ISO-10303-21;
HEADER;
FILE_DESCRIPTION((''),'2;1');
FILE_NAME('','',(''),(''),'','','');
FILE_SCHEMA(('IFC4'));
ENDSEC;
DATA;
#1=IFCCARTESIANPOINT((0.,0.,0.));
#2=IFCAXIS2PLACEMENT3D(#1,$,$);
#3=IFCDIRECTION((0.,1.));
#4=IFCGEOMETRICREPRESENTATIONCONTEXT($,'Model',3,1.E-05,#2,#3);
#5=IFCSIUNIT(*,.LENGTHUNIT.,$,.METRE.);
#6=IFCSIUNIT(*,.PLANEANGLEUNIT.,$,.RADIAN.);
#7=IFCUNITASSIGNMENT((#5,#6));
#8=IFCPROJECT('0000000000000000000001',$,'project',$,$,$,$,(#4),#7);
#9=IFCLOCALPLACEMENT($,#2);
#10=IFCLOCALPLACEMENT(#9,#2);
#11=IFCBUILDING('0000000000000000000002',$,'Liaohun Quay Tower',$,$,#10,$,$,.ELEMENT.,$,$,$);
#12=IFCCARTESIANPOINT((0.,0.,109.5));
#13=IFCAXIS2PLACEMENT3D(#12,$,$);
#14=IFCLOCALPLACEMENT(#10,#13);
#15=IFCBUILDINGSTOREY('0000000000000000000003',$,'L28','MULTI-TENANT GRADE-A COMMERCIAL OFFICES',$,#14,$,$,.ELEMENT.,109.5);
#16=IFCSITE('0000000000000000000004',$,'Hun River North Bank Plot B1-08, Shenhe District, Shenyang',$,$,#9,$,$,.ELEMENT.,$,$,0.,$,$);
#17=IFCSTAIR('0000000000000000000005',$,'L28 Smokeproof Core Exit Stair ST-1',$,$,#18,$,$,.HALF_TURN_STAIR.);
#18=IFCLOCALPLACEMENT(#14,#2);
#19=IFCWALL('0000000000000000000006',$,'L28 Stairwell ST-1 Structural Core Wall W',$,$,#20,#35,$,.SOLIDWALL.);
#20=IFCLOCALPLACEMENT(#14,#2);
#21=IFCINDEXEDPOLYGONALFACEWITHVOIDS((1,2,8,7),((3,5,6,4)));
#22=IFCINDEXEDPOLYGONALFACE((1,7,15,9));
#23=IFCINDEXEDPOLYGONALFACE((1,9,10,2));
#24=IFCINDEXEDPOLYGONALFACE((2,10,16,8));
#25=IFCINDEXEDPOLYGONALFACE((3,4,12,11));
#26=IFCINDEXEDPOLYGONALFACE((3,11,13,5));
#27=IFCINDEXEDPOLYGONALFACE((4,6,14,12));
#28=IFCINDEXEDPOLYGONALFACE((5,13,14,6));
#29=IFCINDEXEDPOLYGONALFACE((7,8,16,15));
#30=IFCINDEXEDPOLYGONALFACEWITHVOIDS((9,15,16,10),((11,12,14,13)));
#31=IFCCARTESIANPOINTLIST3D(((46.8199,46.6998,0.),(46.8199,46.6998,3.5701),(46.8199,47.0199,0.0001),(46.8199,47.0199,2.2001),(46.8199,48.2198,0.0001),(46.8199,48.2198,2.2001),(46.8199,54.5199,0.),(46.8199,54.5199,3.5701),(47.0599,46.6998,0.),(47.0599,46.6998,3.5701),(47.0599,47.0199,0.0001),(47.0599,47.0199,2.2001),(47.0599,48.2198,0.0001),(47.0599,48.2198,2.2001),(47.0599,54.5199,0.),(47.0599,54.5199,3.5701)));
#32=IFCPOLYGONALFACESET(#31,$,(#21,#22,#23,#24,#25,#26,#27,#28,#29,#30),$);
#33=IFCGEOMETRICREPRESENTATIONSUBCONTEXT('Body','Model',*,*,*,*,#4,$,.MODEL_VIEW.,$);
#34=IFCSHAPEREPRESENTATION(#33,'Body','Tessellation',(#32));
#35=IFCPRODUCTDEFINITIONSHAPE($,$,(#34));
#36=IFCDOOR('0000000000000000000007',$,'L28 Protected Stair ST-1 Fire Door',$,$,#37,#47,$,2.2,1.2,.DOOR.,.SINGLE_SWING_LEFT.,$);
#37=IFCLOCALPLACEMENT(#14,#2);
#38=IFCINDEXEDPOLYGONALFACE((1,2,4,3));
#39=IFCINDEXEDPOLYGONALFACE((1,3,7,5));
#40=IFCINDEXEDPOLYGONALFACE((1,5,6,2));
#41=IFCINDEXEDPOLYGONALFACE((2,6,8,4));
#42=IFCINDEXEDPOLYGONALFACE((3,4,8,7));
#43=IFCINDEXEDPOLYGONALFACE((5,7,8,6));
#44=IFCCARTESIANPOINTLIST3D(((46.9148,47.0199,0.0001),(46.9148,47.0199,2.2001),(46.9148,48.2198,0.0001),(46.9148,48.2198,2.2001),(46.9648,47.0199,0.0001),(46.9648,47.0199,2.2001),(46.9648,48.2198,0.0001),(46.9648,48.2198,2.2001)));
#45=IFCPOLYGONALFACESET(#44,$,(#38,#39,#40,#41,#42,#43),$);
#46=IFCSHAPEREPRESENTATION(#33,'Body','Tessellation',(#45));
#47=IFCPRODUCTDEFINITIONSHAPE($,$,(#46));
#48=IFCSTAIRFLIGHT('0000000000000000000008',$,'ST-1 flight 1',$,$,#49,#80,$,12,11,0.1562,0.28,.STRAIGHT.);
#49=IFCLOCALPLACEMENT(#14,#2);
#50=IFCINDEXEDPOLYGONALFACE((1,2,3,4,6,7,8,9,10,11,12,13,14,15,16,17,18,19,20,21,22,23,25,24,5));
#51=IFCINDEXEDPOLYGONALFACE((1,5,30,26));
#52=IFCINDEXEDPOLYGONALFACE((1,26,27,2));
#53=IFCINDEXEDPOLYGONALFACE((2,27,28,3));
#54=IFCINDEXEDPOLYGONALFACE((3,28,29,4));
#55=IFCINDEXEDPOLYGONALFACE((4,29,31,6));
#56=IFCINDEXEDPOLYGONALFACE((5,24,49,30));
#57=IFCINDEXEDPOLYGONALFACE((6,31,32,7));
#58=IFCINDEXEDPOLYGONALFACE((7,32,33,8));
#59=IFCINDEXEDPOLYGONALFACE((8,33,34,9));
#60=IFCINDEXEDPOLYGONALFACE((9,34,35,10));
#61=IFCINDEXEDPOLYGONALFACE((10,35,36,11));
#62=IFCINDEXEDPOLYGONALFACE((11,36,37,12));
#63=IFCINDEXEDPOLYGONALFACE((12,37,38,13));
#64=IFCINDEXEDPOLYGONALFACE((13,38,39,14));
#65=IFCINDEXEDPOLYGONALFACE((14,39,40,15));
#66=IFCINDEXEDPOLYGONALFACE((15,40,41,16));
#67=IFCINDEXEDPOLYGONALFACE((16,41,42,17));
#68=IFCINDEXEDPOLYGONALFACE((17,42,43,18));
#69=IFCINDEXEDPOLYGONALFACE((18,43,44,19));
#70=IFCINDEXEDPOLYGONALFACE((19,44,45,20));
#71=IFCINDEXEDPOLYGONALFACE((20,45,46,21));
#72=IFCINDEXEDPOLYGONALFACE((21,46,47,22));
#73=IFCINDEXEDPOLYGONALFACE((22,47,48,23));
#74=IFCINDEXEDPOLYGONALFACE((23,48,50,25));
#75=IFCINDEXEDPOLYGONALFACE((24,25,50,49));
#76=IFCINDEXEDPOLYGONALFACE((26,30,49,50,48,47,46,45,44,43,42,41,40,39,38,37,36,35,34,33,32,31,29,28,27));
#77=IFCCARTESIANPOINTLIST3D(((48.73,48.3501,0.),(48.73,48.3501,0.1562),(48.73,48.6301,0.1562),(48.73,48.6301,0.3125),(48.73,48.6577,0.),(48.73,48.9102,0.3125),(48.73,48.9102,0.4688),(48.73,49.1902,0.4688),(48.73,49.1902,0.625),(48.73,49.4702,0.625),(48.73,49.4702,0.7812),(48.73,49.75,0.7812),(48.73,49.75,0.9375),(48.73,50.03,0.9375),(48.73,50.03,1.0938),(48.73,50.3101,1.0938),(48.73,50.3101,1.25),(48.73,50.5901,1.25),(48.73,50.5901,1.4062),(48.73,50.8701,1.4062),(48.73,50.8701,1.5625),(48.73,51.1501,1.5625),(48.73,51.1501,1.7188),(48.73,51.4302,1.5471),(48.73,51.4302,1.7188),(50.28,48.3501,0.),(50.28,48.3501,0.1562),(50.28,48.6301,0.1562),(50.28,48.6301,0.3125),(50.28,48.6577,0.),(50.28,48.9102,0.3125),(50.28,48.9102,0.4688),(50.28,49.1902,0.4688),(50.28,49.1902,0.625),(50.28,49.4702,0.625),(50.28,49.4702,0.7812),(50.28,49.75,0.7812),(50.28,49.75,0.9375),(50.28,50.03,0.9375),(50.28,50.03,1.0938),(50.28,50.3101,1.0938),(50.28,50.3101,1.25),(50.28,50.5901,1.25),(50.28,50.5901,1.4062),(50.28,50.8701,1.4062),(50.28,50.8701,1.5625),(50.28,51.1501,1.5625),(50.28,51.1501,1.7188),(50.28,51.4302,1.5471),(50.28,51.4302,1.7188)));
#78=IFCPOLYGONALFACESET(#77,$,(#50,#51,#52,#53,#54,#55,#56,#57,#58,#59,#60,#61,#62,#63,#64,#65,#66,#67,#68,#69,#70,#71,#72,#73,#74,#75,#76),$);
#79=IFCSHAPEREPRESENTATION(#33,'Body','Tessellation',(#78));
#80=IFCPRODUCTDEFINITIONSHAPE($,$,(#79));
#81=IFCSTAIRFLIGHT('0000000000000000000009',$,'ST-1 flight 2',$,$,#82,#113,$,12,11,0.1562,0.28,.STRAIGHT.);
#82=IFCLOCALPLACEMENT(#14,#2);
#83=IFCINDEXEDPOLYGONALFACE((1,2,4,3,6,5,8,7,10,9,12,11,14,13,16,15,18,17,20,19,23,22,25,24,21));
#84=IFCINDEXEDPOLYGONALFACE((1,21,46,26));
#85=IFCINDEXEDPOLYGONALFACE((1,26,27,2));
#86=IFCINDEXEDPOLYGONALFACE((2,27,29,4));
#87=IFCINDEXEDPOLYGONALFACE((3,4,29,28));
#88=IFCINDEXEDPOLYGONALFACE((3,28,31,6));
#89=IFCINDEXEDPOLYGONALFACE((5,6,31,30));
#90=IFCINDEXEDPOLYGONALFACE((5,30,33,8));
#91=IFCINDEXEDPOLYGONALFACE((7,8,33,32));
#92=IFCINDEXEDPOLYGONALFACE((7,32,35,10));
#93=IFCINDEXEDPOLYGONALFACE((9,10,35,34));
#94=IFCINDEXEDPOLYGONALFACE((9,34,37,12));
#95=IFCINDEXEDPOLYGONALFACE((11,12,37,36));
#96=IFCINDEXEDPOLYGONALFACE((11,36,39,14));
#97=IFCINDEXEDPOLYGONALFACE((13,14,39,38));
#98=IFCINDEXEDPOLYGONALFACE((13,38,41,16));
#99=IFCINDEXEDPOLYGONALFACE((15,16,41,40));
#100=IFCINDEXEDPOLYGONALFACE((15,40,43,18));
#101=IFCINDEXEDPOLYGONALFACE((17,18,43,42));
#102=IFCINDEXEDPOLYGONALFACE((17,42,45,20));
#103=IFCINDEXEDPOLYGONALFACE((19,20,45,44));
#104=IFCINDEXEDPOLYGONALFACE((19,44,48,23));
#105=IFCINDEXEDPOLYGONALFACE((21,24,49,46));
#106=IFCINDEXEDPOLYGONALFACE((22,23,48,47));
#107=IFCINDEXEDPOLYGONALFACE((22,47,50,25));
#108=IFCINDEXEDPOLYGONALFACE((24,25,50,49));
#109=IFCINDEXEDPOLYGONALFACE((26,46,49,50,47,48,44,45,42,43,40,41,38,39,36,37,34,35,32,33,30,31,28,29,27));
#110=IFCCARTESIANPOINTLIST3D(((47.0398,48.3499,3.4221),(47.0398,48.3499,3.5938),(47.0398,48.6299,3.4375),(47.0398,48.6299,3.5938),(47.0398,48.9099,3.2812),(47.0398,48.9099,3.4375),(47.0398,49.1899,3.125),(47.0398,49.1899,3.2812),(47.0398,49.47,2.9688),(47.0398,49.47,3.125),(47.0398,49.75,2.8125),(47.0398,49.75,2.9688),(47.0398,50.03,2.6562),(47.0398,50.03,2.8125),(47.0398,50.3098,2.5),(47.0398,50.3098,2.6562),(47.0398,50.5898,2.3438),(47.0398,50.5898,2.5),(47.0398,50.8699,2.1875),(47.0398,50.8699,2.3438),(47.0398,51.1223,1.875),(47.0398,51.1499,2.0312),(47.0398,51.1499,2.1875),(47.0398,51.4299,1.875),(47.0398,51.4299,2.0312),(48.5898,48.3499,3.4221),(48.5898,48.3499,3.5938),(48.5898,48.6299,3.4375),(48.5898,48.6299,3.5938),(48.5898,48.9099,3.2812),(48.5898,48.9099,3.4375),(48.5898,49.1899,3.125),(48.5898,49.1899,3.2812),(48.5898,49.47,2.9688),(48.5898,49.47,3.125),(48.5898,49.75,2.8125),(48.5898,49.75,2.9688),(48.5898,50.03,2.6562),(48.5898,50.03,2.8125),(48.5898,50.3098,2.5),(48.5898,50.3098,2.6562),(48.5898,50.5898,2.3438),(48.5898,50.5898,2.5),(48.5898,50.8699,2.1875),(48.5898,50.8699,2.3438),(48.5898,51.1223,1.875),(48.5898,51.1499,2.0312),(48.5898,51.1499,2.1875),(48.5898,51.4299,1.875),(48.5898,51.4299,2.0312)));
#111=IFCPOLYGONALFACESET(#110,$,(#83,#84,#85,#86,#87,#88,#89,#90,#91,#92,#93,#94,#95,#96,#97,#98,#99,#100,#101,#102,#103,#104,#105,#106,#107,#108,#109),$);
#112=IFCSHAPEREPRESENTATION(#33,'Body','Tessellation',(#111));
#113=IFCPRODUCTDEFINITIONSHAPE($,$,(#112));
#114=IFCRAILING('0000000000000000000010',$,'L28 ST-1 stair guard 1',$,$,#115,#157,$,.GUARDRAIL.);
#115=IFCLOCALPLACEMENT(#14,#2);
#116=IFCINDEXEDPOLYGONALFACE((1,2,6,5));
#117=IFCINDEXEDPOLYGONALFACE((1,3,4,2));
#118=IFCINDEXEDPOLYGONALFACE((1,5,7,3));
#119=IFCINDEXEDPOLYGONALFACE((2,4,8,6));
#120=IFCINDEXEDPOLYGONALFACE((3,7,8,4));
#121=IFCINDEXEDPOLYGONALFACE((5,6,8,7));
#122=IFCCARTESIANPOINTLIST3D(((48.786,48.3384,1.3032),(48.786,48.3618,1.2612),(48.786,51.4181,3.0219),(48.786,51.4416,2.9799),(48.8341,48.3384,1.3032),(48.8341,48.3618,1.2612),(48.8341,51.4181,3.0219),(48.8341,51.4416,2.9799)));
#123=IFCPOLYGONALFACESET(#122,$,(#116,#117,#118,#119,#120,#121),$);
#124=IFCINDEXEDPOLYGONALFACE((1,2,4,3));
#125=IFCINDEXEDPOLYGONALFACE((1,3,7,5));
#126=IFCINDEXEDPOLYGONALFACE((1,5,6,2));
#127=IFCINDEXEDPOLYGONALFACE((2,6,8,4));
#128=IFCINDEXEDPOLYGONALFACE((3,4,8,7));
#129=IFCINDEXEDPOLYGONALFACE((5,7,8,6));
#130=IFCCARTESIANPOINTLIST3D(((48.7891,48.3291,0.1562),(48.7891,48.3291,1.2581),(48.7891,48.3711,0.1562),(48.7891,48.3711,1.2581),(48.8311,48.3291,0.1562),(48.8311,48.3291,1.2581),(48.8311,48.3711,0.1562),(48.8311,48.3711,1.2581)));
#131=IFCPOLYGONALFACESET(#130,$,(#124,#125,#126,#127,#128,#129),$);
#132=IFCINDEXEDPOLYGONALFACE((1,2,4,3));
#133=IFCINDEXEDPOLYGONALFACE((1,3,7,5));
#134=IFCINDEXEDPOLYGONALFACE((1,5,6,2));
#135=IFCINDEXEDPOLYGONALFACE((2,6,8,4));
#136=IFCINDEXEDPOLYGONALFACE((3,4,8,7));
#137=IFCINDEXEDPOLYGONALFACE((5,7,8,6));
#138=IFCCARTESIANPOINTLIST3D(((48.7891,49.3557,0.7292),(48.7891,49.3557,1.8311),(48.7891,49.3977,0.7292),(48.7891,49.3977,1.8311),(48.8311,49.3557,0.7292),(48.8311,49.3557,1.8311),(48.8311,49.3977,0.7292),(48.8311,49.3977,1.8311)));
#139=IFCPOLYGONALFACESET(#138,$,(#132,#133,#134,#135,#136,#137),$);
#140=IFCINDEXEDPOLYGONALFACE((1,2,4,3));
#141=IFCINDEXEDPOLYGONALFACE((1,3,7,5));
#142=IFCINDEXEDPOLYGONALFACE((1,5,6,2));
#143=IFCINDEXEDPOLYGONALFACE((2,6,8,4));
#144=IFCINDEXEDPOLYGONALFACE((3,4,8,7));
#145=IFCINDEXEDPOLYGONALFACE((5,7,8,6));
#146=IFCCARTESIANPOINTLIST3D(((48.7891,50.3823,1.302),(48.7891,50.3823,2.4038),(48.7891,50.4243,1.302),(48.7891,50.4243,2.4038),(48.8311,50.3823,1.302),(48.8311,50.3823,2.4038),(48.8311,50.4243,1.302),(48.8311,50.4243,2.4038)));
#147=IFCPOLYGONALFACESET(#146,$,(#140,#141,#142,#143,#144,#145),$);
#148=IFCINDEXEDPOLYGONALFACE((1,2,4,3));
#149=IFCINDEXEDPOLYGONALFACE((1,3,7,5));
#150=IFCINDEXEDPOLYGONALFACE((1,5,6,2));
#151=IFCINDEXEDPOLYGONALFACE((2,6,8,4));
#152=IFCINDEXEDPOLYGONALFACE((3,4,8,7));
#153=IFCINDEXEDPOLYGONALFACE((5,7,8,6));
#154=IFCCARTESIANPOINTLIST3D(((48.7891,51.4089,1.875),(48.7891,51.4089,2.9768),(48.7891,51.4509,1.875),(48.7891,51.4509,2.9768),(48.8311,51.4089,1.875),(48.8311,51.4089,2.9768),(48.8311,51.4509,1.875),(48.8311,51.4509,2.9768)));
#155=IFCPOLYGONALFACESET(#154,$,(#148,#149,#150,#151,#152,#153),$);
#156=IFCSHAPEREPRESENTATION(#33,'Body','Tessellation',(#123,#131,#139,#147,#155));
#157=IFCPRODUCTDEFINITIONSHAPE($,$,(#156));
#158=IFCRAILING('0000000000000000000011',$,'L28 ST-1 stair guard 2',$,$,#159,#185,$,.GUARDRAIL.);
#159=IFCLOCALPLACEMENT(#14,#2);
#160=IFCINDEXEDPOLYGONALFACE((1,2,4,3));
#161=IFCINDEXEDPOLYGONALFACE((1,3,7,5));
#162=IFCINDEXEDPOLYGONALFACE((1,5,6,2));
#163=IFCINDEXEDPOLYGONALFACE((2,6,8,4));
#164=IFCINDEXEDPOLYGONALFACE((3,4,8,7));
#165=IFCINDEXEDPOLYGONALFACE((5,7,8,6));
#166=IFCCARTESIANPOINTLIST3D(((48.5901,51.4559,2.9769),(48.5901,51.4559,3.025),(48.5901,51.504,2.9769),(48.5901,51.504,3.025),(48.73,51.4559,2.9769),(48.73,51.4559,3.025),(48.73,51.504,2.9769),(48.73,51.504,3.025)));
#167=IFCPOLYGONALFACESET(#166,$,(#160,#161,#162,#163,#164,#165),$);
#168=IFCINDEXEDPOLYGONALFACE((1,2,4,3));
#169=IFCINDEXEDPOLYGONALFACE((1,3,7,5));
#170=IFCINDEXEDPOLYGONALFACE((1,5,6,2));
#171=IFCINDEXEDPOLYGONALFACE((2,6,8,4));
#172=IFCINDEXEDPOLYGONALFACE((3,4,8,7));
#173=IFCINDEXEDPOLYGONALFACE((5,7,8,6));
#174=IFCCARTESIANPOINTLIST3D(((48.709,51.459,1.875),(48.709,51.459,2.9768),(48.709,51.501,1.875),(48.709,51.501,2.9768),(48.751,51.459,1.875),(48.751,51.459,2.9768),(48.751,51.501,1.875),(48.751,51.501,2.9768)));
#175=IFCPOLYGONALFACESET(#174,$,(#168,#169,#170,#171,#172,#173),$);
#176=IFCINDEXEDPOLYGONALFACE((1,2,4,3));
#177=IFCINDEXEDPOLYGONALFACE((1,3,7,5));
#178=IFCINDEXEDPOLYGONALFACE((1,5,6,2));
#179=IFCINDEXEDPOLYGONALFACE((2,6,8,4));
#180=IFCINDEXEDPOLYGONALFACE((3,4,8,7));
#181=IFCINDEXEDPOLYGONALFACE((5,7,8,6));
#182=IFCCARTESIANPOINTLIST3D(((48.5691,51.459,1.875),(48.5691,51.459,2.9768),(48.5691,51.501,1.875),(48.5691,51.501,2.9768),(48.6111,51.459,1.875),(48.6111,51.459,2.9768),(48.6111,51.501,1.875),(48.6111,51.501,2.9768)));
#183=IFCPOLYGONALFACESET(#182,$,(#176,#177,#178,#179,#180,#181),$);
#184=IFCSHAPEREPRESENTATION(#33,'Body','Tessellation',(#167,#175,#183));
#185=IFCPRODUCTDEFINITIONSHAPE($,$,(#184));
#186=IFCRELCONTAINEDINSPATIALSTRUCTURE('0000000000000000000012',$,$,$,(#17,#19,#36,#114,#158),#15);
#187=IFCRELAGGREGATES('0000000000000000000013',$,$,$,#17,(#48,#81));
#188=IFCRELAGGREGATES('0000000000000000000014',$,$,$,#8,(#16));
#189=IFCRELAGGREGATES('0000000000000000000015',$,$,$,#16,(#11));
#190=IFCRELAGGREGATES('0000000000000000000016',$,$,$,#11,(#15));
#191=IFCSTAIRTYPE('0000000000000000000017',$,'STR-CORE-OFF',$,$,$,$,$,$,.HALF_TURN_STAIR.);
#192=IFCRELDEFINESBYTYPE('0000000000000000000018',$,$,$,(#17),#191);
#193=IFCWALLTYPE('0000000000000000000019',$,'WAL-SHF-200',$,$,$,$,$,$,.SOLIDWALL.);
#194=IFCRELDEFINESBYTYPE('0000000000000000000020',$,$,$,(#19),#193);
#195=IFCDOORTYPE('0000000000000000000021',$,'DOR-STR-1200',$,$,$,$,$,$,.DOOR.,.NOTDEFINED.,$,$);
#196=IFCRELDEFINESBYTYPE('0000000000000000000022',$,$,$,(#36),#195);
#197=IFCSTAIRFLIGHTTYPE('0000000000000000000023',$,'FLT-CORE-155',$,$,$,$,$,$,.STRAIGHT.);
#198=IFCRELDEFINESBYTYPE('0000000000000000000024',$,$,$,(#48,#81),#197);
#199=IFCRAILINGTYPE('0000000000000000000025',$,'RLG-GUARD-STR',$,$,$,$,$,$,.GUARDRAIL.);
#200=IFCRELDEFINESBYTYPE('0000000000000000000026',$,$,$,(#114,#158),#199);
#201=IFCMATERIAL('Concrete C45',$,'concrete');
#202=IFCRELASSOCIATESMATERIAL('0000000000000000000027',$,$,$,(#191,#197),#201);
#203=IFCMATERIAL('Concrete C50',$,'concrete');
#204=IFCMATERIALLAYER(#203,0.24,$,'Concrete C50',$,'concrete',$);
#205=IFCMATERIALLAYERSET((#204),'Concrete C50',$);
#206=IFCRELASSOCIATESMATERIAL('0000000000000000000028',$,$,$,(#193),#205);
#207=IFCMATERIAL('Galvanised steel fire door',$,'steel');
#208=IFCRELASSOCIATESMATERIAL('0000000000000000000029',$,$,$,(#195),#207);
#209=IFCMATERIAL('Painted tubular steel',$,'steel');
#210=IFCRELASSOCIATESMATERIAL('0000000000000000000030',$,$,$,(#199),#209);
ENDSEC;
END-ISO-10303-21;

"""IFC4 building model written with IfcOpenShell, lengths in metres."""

from ifc_helpers import new_model, si_unit, direction, frame, frame_2d, origin, origin_2d, place, context, subcontext, project, spatial, polyline, rectangle, outline, extrude, source, transform, mapped, material, layer, layer_set, type_object, element, fill, aggregate, save


model = new_model("IFC4")

# Units and contexts
model_context = context("Model", 3, precision=1e-05, world=origin(), true_north=direction((0.0, 1.0)))
body_context = subcontext(model_context, "Body", "Model", "MODEL_VIEW")
ifc_project = project(units=[si_unit("LENGTHUNIT", "METRE"), si_unit("PLANEANGLEUNIT", "RADIAN")], contexts=[model_context])

# Site, building, storey
site_placement = place(None, origin())
site = spatial("IfcSite", under=ifc_project, at=site_placement, Name="Hun River North Bank Plot B1-08, Shenhe District, Shenyang", CompositionType="ELEMENT", RefElevation=0.0)
building_placement = place(site_placement, origin())
building = spatial("IfcBuilding", under=site, at=building_placement, Name="Liaohun Quay Tower", CompositionType="ELEMENT")
storey_placement = place(building_placement, frame((0.0, 0.0, 109.5)))
storey = spatial("IfcBuildingStorey", under=building, at=storey_placement, Name="L28", Description="MULTI-TENANT GRADE-A COMMERCIAL OFFICES", CompositionType="ELEMENT", Elevation=109.5)

# Stair
ifc_material_1 = material(Name="Concrete C45", Category="concrete")
stair_type = type_object("IfcStairType", Name="STR-CORE-OFF", PredefinedType="HALF_TURN_STAIR", material=ifc_material_1)
stair_1_placement = place(storey_placement, origin())
stair_1 = element("IfcStair", 1, at=stair_1_placement, inside=storey, type_object=stair_type, Name="L28 Smokeproof Core Exit Stair ST-1", PredefinedType="HALF_TURN_STAIR")

# Shared definitions
ifc_material_2 = material(Name="Concrete C50", Category="concrete")
ifc_layer_1 = layer(ifc_material_2, 0.24, Name="Concrete C50", Category="concrete")
ifc_layer_set_1 = layer_set([ifc_layer_1], Name="Concrete C50")
wall_type_1 = type_object("IfcWallType", Name="WAL-SHF-200", PredefinedType="SOLIDWALL", material=ifc_layer_set_1)

# Wall, opening, door
wall_1_placement = place(storey_placement, frame((46.9399, 54.52, 0.0), z_axis=(0.0, 0.0, 1.0), x_axis=(0.0, -1.0, 0.0)))
wall_1 = element("IfcWall", 2, at=wall_1_placement, inside=storey, type_object=wall_type_1, Name="L28 Stairwell ST-1 Structural Core Wall W", PredefinedType="SOLIDWALL", context=body_context, shape_type="SweptSolid", body=[
    extrude(rectangle(XDim=7.8201, YDim=0.24, at=frame_2d((3.9102, 0.0))), origin(), (0.0, 0.0, 1.0), 3.5701),
])
shared_shape_1 = source(origin(), body_context, "Body", "SweptSolid", [
    extrude(rectangle(XDim=1.2, YDim=2.2, at=frame_2d((0.6001, 1.1001))), frame((0.0, 0.1299, 0.0), z_axis=(0.0, -1.0, 0.0), x_axis=(1.0, 0.0, 0.0)), (0.0, 0.0, 1.0), 0.26),
])
opening_1_placement = place(wall_1_placement, frame((6.3, 0.0, 0.0)))
opening_1 = element("IfcOpeningElement", 3, at=opening_1_placement, cuts=wall_1, PredefinedType="OPENING", context=body_context, shape_type="MappedRepresentation", body=[
    mapped(shared_shape_1, transform((0.0, 0.0, 0.0), x_axis=(1.0, 0.0, 0.0), y_axis=(0.0, 1.0, 0.0), z_axis=(0.0, 0.0, 1.0), scale=1.0)),
])
ifc_material_3 = material(Name="Galvanised steel fire door", Category="steel")
door_type_1 = type_object("IfcDoorType", Name="DOR-STR-1200", OperationType="NOTDEFINED", PredefinedType="DOOR", material=ifc_material_3)
shared_shape_2 = source(origin(), body_context, "Body", "SweptSolid", [
    extrude(rectangle(XDim=1.2, YDim=2.2, at=frame_2d((0.6001, 1.1001))), frame((0.0, 0.0249, 0.0), z_axis=(0.0, -1.0, 0.0), x_axis=(1.0, 0.0, 0.0)), (0.0, 0.0, 1.0), 0.05),
])
door_1_placement = place(opening_1_placement, origin())
door_1 = element("IfcDoor", 4, at=door_1_placement, inside=storey, type_object=door_type_1, Name="L28 Protected Stair ST-1 Fire Door", OperationType="SINGLE_SWING_LEFT", OverallHeight=2.2, OverallWidth=1.2, PredefinedType="DOOR", context=body_context, shape_type="MappedRepresentation", body=[
    mapped(shared_shape_2, transform((0.0, 0.0, 0.0), x_axis=(1.0, 0.0, 0.0), y_axis=(0.0, 1.0, 0.0), z_axis=(0.0, 0.0, 1.0), scale=1.0)),
])
fill(opening_1, door_1)

# Stair flights
stair_flight_type = type_object("IfcStairFlightType", Name="FLT-CORE-155", PredefinedType="STRAIGHT", material=ifc_material_1)
stair_flight_1_placement = place(storey_placement, frame((49.5049, 48.3501, 0.0), z_axis=(0.0, 0.0, 1.0), x_axis=(0.0, 1.0, 0.0)))
stair_flight_1 = element("IfcStairFlight", 5, at=stair_flight_1_placement, type_object=stair_flight_type, Name="ST-1 flight 1", NumberOfRisers=12, NumberOfTreads=11, PredefinedType="STRAIGHT", RiserHeight=0.1562, TreadLength=0.28, context=body_context, shape_type="SweptSolid", body=[
    extrude(outline(polyline([(0.0, 0.0), (0.0, 0.1562), (0.28, 0.1562), (0.28, 0.3125), (0.5601, 0.3125), (0.5601, 0.4688), (0.8401, 0.4688), (0.8401, 0.625), (1.1201, 0.625), (1.1201, 0.7812), (1.3999, 0.7812), (1.3999, 0.9375), (1.6799, 0.9375), (1.6799, 1.0938), (1.96, 1.0938), (1.96, 1.25), (2.24, 1.25), (2.24, 1.4062), (2.52, 1.4062), (2.52, 1.5625), (2.8, 1.5625), (2.8, 1.7188), (3.0801, 1.7188), (3.0801, 1.875), (3.0801, 1.5471), (0.3076, 0.0), (0.0, 0.0)])), frame((0.0, 0.7749, 0.0), z_axis=(0.0, -1.0, 0.0), x_axis=(1.0, 0.0, 0.0)), (0.0, 0.0, 1.0), 1.55),
])
stair_flight_2_placement = place(storey_placement, frame((47.8149, 51.4299, 1.875), z_axis=(0.0, 0.0, 1.0), x_axis=(0.0, -1.0, 0.0)))
stair_flight_2 = element("IfcStairFlight", 6, at=stair_flight_2_placement, type_object=stair_flight_type, Name="ST-1 flight 2", NumberOfRisers=12, NumberOfTreads=11, PredefinedType="STRAIGHT", RiserHeight=0.1562, TreadLength=0.28, context=body_context, shape_type="SweptSolid", body=[
    extrude(outline(polyline([(0.0, 0.0), (0.0, 0.1562), (0.28, 0.1562), (0.28, 0.3125), (0.5601, 0.3125), (0.5601, 0.4688), (0.8401, 0.4688), (0.8401, 0.625), (1.1201, 0.625), (1.1201, 0.7812), (1.3999, 0.7812), (1.3999, 0.9375), (1.6799, 0.9375), (1.6799, 1.0938), (1.96, 1.0938), (1.96, 1.25), (2.24, 1.25), (2.24, 1.4062), (2.52, 1.4062), (2.52, 1.5625), (2.8, 1.5625), (2.8, 1.7188), (3.0801, 1.7188), (3.0801, 1.875), (3.0801, 1.5471), (0.3076, 0.0), (0.0, 0.0)])), frame((0.0, 0.7749, 0.0), z_axis=(0.0, -1.0, 0.0), x_axis=(1.0, 0.0, 0.0)), (0.0, 0.0, 1.0), 1.55),
])
aggregate(stair_1, [stair_flight_1, stair_flight_2])

# Railings
ifc_material_4 = material(Name="Painted tubular steel", Category="steel")
railing_type_1 = type_object("IfcRailingType", Name="RLG-GUARD-STR", PredefinedType="GUARDRAIL", material=ifc_material_4)
railing_1_placement = place(storey_placement, frame((48.8101, 48.3501, 0.1562)))
element("IfcRailing", 7, at=railing_1_placement, inside=storey, type_object=railing_type_1, Name="L28 ST-1 stair guard 1", PredefinedType="GUARDRAIL", context=body_context, shape_type="SweptSolid", body=[
    extrude(rectangle(XDim=0.0481, YDim=0.0481, at=origin_2d()), frame((0.0, 0.0, 1.126), z_axis=(0.0, 0.873225, 0.487317), x_axis=(-1.0, 0.0, 0.0)), (0.0, 0.0, 1.0), 3.5269),
    extrude(rectangle(XDim=0.042, YDim=0.042, at=origin_2d()), origin(), (0.0, 0.0, 1.0), 1.1018),
    extrude(rectangle(XDim=0.042, YDim=0.042, at=origin_2d()), frame((0.0, 1.0266, 0.573)), (0.0, 0.0, 1.0), 1.1018),
    extrude(rectangle(XDim=0.042, YDim=0.042, at=origin_2d()), frame((0.0, 2.0532, 1.1458)), (0.0, 0.0, 1.0), 1.1018),
    extrude(rectangle(XDim=0.042, YDim=0.042, at=origin_2d()), frame((0.0, 3.0798, 1.7188)), (0.0, 0.0, 1.0), 1.1018),
])
railing_2_placement = place(storey_placement, frame((48.73, 51.48, 1.875)))
element("IfcRailing", 8, at=railing_2_placement, inside=storey, type_object=railing_type_1, Name="L28 ST-1 stair guard 2", PredefinedType="GUARDRAIL", context=body_context, shape_type="SweptSolid", body=[
    extrude(rectangle(XDim=0.0481, YDim=0.0481, at=origin_2d()), frame((0.0, 0.0, 1.126), z_axis=(-1.0, 0.0, 0.0), x_axis=(0.0, -1.0, 0.0)), (0.0, 0.0, 1.0), 0.1399),
    extrude(rectangle(XDim=0.042, YDim=0.042, at=origin_2d()), origin(), (0.0, 0.0, 1.0), 1.1018),
    extrude(rectangle(XDim=0.042, YDim=0.042, at=origin_2d()), frame((-0.1399, 0.0, 0.0)), (0.0, 0.0, 1.0), 1.1018),
])

save(model, "model.ifc")
